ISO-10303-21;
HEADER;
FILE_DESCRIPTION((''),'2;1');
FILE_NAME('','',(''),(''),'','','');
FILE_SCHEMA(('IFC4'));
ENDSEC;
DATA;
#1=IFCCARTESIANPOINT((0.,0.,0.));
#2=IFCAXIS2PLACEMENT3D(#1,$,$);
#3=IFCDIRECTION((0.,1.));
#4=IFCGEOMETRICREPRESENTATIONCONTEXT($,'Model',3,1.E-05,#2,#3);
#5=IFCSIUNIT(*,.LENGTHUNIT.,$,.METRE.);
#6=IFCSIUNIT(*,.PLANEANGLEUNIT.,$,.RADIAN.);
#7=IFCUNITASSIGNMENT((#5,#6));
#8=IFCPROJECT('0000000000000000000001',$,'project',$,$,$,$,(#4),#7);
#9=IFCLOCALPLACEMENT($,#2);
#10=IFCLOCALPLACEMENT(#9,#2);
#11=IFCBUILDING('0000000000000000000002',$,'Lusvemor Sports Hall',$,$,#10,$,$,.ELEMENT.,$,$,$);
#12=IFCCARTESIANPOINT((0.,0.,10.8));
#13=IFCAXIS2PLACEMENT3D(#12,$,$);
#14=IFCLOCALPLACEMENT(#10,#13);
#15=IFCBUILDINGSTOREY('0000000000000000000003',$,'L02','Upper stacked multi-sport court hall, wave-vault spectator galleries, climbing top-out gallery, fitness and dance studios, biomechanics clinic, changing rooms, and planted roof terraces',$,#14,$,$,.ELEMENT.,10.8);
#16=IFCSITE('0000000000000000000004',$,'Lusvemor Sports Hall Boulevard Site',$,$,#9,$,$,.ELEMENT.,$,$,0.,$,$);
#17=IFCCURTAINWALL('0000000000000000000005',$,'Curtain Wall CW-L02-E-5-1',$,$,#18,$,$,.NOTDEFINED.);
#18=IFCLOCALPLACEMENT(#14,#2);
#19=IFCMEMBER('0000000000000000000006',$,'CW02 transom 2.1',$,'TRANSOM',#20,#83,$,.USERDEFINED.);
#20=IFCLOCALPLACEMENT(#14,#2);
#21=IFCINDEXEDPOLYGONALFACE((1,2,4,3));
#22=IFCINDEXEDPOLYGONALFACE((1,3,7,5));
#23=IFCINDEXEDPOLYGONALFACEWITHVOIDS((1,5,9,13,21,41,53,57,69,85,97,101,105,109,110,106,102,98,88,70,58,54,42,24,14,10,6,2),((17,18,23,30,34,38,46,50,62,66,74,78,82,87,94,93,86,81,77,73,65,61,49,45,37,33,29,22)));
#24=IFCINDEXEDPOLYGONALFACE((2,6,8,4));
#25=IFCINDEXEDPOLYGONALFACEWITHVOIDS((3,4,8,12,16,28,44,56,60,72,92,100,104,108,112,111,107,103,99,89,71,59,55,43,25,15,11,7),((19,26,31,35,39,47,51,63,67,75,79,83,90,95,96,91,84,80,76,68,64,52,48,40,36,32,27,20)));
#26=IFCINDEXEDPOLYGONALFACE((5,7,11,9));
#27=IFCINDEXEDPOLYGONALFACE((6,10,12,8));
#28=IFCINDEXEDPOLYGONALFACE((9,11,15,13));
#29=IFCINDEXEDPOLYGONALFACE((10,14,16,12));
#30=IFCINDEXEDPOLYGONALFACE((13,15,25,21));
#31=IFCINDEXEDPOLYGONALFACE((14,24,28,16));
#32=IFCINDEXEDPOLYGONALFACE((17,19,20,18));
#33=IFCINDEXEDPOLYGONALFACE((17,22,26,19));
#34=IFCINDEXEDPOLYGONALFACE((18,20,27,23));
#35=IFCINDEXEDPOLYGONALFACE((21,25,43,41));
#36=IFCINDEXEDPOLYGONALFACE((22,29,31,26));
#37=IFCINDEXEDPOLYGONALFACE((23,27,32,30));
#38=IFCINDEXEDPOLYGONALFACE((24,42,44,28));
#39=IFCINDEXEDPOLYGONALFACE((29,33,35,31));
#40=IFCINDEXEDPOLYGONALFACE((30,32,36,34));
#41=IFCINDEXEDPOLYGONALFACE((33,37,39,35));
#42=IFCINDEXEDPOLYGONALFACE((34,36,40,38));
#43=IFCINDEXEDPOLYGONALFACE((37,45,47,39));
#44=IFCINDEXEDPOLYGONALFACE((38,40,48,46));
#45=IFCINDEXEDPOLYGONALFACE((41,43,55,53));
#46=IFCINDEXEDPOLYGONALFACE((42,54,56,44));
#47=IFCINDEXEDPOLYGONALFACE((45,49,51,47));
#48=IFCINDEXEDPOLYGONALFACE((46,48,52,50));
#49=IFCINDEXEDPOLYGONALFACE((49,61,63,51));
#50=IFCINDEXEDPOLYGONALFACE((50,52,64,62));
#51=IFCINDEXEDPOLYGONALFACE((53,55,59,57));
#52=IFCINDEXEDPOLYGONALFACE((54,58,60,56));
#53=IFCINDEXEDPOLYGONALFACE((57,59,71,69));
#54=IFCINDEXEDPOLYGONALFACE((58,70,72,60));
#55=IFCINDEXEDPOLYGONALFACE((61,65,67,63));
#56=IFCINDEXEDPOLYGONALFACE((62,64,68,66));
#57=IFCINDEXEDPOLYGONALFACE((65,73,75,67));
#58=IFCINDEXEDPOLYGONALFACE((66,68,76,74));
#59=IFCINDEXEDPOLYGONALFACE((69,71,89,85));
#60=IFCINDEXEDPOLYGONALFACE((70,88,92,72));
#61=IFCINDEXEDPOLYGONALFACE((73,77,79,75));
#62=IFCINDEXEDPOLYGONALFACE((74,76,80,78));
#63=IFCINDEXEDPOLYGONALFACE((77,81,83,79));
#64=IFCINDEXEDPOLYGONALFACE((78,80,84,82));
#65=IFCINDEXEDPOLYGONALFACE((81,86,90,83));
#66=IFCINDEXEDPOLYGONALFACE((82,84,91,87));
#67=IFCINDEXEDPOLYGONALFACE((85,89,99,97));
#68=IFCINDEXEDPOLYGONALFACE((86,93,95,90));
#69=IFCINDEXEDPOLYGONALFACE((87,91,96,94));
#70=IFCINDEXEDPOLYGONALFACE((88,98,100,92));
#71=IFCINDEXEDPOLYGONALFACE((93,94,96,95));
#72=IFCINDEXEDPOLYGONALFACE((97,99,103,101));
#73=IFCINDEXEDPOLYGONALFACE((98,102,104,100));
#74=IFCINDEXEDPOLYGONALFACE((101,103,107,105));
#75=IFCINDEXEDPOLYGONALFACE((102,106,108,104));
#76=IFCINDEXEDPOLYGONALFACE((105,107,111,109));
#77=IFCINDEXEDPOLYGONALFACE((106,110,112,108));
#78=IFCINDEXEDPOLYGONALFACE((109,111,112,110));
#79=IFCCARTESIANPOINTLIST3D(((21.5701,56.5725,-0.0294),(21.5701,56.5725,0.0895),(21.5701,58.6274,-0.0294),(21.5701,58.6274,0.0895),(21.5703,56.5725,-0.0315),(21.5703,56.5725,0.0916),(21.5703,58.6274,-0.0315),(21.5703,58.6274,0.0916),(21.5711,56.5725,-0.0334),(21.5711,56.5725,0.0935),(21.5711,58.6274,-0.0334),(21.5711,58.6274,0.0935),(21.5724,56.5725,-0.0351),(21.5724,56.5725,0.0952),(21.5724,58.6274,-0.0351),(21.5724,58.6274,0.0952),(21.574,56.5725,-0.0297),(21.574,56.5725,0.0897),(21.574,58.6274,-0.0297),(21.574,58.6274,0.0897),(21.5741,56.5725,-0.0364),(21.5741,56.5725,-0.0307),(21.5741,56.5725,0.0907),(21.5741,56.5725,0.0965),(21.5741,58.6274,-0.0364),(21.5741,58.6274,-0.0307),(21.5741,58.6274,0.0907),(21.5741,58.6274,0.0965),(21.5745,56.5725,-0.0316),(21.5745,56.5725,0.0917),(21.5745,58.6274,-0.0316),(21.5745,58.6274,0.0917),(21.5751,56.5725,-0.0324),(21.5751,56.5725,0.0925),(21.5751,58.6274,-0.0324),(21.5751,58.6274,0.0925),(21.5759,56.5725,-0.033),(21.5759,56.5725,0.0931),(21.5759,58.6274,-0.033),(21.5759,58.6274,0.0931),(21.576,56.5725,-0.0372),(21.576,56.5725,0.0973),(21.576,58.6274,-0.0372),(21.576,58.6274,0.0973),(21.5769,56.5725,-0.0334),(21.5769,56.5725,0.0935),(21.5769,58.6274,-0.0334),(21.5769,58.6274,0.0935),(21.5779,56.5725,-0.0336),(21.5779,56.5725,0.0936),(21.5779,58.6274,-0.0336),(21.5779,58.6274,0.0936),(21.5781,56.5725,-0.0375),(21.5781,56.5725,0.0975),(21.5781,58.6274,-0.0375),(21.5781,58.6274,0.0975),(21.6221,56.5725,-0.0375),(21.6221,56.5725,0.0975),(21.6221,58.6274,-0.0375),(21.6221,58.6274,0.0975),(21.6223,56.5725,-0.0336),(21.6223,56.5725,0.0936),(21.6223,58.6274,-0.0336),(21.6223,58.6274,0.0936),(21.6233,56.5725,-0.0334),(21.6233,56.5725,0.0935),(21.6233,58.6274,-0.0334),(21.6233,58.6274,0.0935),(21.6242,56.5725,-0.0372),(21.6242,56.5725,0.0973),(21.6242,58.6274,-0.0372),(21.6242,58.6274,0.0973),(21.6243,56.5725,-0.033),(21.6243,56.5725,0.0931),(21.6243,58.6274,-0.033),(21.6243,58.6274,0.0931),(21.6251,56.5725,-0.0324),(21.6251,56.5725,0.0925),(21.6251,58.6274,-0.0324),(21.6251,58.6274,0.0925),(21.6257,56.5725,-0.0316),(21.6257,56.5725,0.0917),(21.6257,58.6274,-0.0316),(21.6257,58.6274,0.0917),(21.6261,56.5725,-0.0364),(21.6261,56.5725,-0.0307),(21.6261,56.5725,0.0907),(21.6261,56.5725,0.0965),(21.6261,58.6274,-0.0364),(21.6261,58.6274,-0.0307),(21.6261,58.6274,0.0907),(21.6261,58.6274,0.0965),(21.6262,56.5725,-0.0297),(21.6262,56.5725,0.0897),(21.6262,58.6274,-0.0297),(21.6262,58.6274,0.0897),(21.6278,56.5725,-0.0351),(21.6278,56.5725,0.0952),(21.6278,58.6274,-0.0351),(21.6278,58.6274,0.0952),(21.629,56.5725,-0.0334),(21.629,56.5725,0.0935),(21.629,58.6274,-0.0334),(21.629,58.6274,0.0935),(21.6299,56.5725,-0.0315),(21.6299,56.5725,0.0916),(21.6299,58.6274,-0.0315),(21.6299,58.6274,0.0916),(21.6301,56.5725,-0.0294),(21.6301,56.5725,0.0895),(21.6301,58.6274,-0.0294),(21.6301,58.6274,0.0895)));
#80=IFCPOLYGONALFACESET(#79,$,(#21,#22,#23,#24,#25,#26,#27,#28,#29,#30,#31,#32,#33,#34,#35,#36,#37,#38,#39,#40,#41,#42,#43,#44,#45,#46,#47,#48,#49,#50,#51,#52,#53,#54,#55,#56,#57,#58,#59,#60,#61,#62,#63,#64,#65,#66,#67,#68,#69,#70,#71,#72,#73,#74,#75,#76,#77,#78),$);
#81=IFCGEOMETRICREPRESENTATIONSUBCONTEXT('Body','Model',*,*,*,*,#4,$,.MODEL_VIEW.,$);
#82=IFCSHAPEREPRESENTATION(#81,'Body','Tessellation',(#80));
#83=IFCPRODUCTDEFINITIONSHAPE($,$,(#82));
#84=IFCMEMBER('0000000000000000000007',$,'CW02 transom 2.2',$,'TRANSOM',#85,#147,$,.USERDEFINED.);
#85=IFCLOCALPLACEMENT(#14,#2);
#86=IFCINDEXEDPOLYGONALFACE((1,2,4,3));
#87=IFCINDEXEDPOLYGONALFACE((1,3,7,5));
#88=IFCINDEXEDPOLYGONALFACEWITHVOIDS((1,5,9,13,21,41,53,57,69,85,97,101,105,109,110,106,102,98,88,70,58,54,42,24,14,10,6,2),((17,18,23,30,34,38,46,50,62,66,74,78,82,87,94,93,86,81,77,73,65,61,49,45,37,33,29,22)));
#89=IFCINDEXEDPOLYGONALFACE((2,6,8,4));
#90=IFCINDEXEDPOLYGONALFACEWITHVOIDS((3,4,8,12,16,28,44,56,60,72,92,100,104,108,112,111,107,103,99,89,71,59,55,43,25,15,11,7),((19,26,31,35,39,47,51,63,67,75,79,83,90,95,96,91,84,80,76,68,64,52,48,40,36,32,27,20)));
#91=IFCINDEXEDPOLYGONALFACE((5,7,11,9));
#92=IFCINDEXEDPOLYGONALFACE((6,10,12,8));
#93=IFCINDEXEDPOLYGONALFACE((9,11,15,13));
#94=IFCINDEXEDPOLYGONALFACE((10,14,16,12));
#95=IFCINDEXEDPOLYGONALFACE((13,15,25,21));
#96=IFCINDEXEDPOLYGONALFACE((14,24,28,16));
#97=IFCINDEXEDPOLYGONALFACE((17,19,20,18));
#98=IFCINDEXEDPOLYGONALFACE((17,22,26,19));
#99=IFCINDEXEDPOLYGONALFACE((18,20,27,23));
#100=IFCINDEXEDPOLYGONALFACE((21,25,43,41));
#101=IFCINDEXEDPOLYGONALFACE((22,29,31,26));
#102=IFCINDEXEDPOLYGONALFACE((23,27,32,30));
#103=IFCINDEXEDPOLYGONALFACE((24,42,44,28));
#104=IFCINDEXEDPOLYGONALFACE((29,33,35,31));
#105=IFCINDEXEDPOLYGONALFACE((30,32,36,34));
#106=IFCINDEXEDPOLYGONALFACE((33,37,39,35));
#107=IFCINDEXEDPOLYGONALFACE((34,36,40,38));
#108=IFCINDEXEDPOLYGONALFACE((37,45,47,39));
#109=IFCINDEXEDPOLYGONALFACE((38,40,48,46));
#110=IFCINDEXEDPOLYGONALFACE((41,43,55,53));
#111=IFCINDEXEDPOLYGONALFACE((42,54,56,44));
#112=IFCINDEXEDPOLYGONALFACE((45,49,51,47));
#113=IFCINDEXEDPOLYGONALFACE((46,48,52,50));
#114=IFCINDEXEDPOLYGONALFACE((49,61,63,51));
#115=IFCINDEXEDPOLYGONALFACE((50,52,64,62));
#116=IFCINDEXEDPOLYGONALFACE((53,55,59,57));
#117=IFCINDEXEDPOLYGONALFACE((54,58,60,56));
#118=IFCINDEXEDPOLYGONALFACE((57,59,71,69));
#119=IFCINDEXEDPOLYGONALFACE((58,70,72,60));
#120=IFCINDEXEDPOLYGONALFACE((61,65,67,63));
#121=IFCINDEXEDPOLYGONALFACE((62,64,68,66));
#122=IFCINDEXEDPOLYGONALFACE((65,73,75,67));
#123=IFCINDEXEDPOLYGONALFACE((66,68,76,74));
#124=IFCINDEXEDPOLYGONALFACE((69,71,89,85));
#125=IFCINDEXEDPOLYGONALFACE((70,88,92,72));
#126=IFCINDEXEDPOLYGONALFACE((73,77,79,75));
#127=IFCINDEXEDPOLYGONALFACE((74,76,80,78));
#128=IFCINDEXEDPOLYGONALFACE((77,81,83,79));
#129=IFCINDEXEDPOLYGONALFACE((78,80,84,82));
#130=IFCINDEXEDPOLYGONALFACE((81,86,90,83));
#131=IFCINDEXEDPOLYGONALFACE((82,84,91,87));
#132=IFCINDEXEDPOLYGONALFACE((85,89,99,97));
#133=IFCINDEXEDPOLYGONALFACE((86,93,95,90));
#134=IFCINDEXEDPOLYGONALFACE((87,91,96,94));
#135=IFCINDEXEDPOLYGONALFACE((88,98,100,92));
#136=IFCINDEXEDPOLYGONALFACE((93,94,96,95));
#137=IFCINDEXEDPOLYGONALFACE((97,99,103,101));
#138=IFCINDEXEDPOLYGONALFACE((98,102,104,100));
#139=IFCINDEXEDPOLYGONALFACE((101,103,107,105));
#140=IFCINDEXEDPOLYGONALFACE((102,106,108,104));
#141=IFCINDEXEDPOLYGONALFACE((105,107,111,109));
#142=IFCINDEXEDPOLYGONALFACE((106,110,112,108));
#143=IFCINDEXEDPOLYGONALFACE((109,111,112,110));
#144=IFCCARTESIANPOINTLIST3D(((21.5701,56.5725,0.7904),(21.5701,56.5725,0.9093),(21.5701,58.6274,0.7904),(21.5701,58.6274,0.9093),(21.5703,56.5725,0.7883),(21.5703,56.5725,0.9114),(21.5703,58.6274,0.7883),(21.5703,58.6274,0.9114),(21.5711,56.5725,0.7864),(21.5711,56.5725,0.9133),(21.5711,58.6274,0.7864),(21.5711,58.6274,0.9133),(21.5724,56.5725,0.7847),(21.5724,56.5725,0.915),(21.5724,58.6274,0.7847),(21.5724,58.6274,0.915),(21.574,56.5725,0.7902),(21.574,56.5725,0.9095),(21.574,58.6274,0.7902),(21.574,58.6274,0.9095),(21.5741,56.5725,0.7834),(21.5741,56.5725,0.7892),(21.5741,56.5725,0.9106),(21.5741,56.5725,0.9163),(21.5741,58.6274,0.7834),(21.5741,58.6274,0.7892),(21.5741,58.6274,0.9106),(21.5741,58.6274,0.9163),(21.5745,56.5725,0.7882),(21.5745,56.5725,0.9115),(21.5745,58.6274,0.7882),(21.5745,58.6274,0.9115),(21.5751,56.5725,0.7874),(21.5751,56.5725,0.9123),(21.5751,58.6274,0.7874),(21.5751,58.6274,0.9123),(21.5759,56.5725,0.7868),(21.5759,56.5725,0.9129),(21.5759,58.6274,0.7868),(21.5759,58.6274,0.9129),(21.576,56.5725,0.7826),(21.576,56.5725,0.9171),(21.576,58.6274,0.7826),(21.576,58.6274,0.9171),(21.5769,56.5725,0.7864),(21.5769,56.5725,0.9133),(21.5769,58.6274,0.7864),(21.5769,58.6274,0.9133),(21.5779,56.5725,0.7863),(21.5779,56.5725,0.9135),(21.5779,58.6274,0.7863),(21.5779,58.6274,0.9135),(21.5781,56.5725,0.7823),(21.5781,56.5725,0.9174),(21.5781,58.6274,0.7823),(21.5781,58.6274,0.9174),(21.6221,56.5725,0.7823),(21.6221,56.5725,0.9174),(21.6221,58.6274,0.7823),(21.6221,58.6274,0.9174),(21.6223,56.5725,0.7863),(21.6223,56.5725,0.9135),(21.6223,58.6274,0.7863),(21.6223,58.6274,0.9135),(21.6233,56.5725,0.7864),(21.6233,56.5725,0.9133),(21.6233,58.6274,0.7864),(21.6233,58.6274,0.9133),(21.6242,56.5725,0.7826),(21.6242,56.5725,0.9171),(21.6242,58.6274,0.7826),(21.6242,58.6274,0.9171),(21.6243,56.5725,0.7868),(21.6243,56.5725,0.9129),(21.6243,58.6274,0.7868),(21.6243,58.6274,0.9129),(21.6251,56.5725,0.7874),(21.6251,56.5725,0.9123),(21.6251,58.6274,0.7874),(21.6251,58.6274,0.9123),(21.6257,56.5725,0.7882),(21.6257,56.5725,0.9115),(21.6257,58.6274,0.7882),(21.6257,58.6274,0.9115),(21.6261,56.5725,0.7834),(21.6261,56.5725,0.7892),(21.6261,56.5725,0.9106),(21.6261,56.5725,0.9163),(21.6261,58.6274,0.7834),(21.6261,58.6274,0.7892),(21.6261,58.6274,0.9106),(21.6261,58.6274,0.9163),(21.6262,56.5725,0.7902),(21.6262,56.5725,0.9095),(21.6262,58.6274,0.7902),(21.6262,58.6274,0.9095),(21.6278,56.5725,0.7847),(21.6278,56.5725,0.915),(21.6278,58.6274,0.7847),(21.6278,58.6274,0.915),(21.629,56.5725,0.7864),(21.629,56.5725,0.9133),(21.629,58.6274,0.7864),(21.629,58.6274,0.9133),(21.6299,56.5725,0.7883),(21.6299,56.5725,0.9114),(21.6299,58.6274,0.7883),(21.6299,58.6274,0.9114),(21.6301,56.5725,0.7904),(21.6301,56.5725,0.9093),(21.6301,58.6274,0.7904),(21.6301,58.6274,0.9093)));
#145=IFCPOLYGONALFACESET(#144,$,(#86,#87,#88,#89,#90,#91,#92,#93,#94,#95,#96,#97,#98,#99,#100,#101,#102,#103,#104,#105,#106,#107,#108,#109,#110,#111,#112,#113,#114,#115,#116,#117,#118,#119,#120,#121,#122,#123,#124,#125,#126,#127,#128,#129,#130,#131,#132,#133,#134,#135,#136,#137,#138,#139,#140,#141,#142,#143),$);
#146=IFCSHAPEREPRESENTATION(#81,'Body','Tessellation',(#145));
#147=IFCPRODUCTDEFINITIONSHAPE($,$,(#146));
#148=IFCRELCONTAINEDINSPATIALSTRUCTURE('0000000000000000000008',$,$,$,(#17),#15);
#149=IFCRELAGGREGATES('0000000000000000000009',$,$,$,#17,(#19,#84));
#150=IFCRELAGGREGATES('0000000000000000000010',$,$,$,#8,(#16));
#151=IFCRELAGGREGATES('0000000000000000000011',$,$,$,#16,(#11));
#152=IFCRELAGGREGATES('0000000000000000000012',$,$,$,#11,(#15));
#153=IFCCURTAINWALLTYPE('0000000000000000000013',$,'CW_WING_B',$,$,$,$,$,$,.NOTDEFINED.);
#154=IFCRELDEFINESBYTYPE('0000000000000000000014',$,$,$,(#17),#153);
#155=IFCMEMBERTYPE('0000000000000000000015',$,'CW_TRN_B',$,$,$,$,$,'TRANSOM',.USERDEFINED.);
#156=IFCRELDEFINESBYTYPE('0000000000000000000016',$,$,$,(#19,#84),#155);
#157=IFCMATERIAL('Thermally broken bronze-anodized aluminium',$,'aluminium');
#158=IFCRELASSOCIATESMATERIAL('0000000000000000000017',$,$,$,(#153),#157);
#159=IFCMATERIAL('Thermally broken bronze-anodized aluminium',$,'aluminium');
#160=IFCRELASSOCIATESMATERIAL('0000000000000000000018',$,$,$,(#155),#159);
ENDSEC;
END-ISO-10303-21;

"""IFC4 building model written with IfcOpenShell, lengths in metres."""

from ifc_helpers import new_model, si_unit, direction, frame, origin, origin_2d, place, context, subcontext, project, spatial, hollow_rectangle, extrude, material, material_profile, profile_set, type_object, element, aggregate, save


model = new_model("IFC4")

# Units and contexts
model_context = context("Model", 3, precision=1e-05, world=origin(), true_north=direction((0.0, 1.0)))
body_context = subcontext(model_context, "Body", "Model", "MODEL_VIEW")
ifc_project = project(units=[si_unit("LENGTHUNIT", "METRE"), si_unit("PLANEANGLEUNIT", "RADIAN")], contexts=[model_context])

# Site, building, storey
site_placement = place(None, origin())
site = spatial("IfcSite", under=ifc_project, at=site_placement, Name="Lusvemor Sports Hall Boulevard Site", CompositionType="ELEMENT", RefElevation=0.0)
building_placement = place(site_placement, origin())
building = spatial("IfcBuilding", under=site, at=building_placement, Name="Lusvemor Sports Hall", CompositionType="ELEMENT")
storey_placement = place(building_placement, frame((0.0, 0.0, 10.8)))
storey = spatial("IfcBuildingStorey", under=building, at=storey_placement, Name="L02", Description="Upper stacked multi-sport court hall, wave-vault spectator galleries, climbing top-out gallery, fitness and dance studios, biomechanics clinic, changing rooms, and planted roof terraces", CompositionType="ELEMENT", Elevation=10.8)

# Curtain wall
ifc_material_1 = material(Name="Thermally broken bronze-anodized aluminium", Category="aluminium")
curtain_wall_type = type_object("IfcCurtainWallType", Name="CW_WING_B", PredefinedType="NOTDEFINED", material=ifc_material_1)
curtain_wall_1_placement = place(storey_placement, origin())
curtain_wall_1 = element("IfcCurtainWall", 1, at=curtain_wall_1_placement, inside=storey, type_object=curtain_wall_type, Name="Curtain Wall CW-L02-E-5-1", PredefinedType="NOTDEFINED")

# Members
ifc_material_2 = material(Name="Thermally broken bronze-anodized aluminium", Category="aluminium")
ifc_material_profile_1 = material_profile(ifc_material_2, hollow_rectangle(XDim=0.0601, YDim=0.135, WallThickness=0.0039, InnerFilletRadius=0.0039, OuterFilletRadius=0.0081, at=origin_2d()), Name="CWTRN135x60x4")
ifc_profile_set_1 = profile_set([ifc_material_profile_1], Name="Thermally broken bronze-anodized aluminium")
member_type_1 = type_object("IfcMemberType", Name="CW_TRN_B", ElementType="TRANSOM", PredefinedType="USERDEFINED", material=ifc_profile_set_1)
member_1_placement = place(storey_placement, frame((21.6001, 58.6274, 0.03), z_axis=(0.0, -1.0, 0.0), x_axis=(1.0, 0.0, 0.0)))
member_1 = element("IfcMember", 2, at=member_1_placement, type_object=member_type_1, Name="CW02 transom 2.1", ObjectType="TRANSOM", PredefinedType="USERDEFINED", context=body_context, shape_type="SweptSolid", body=[
    extrude(hollow_rectangle(XDim=0.0601, YDim=0.135, WallThickness=0.0039, InnerFilletRadius=0.0039, OuterFilletRadius=0.0081, at=origin_2d()), origin(), (0.0, 0.0, 1.0), 2.0549),
])
member_2_placement = place(storey_placement, frame((21.6001, 58.6274, 0.8499), z_axis=(0.0, -1.0, 0.0), x_axis=(1.0, 0.0, 0.0)))
member_2 = element("IfcMember", 3, at=member_2_placement, type_object=member_type_1, Name="CW02 transom 2.2", ObjectType="TRANSOM", PredefinedType="USERDEFINED", context=body_context, shape_type="SweptSolid", body=[
    extrude(hollow_rectangle(XDim=0.0601, YDim=0.135, WallThickness=0.0039, InnerFilletRadius=0.0039, OuterFilletRadius=0.0081, at=origin_2d()), origin(), (0.0, 0.0, 1.0), 2.0549),
])

aggregate(curtain_wall_1, [member_1, member_2])

save(model, "model.ifc")
